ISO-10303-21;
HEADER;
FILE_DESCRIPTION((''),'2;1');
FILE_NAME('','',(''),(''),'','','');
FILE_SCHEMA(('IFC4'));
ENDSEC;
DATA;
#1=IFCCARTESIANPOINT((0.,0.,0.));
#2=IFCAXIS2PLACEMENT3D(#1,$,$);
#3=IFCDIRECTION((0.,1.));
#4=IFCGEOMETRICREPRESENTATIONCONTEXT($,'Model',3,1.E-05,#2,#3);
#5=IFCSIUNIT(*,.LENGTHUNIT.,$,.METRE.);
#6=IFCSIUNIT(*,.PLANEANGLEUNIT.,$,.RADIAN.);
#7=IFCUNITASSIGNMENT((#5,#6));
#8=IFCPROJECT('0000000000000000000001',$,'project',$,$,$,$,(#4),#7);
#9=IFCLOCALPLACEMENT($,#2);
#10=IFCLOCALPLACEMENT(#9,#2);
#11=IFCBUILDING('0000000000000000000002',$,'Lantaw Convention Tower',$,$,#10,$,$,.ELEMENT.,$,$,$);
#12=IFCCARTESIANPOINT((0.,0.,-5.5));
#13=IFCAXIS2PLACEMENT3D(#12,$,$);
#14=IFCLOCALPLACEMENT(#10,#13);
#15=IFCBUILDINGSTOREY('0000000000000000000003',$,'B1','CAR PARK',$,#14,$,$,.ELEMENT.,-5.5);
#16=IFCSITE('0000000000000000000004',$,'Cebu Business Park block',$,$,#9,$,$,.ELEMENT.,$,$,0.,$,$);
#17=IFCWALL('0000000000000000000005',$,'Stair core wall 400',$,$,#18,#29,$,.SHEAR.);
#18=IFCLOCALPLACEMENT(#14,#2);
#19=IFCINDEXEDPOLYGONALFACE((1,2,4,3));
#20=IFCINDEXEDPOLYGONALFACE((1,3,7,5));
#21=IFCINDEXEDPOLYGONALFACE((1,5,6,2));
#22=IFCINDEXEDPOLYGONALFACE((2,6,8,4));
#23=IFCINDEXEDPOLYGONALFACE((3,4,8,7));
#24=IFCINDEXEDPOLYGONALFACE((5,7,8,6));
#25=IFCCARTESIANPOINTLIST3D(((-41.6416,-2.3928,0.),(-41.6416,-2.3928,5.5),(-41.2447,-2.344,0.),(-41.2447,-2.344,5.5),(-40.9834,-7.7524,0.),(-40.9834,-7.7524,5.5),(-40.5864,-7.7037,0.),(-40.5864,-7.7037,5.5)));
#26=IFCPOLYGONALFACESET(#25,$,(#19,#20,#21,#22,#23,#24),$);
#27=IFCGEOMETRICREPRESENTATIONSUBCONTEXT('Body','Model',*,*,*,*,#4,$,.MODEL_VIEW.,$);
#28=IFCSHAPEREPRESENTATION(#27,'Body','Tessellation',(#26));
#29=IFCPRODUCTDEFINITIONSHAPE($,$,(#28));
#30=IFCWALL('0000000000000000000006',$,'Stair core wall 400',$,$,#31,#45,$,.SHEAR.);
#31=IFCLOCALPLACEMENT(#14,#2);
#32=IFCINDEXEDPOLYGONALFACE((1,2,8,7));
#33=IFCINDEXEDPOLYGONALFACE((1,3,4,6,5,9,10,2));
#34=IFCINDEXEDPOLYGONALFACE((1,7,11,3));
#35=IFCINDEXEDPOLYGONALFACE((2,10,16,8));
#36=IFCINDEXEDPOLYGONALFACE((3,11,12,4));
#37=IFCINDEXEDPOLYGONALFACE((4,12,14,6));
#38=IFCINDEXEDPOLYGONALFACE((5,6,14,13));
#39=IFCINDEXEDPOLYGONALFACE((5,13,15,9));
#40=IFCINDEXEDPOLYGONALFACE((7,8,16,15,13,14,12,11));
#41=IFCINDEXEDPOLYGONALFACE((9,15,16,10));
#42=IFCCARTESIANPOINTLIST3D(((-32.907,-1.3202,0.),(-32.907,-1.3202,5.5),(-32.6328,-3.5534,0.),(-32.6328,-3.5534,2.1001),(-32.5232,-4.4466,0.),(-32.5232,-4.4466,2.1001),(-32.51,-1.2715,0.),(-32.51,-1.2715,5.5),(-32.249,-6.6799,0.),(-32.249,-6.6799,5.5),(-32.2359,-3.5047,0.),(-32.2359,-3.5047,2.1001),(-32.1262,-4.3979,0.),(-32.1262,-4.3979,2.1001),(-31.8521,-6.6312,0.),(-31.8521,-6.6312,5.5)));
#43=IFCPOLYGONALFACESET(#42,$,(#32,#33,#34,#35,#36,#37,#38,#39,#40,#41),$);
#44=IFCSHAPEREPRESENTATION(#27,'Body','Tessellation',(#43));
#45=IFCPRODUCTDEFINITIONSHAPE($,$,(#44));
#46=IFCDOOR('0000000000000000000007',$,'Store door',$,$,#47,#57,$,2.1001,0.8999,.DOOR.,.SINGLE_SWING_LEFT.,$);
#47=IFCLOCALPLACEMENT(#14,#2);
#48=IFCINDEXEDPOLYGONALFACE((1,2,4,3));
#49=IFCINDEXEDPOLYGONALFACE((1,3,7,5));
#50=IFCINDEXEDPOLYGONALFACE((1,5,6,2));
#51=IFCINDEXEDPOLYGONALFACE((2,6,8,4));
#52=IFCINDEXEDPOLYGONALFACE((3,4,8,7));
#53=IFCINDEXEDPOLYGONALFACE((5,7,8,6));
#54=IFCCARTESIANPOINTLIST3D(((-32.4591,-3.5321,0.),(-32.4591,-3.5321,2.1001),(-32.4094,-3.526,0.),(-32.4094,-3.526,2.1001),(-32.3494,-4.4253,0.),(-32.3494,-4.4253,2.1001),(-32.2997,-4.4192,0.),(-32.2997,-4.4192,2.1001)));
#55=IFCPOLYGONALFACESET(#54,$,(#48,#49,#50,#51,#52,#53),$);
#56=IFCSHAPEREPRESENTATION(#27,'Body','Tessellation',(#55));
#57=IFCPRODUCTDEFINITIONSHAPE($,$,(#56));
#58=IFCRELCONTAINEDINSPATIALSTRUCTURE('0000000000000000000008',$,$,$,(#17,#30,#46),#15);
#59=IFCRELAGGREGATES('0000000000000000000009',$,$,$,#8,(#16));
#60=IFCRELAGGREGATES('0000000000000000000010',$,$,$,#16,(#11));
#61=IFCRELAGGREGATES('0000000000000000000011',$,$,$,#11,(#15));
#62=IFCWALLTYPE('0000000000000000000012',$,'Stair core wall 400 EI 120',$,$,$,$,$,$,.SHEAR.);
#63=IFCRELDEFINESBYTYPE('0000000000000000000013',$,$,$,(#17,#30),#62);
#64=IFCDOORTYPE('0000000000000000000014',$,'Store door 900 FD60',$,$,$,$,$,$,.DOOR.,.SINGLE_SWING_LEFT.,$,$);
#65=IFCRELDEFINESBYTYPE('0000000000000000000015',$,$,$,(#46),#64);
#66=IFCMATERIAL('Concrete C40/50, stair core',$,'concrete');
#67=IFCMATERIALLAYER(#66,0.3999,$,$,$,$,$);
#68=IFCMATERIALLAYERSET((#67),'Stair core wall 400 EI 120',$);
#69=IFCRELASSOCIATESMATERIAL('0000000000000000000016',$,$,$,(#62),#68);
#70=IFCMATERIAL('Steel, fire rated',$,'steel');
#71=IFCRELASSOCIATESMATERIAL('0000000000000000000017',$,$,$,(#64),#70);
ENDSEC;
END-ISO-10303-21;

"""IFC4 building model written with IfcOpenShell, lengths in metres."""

from ifc_helpers import new_model, si_unit, direction, frame, frame_2d, origin, place, context, subcontext, project, spatial, rectangle, extrude, material, layer, layer_set, type_object, element, fill, save


model = new_model("IFC4")

# Units and contexts
model_context = context("Model", 3, precision=1e-05, world=origin(), true_north=direction((0.0, 1.0)))
body_context = subcontext(model_context, "Body", "Model", "MODEL_VIEW")
ifc_project = project(units=[si_unit("LENGTHUNIT", "METRE"), si_unit("PLANEANGLEUNIT", "RADIAN")], contexts=[model_context])

# Site, building, storey
site_placement = place(None, origin())
site = spatial("IfcSite", under=ifc_project, at=site_placement, Name="Cebu Business Park block", CompositionType="ELEMENT", RefElevation=0.0)
building_placement = place(site_placement, origin())
building = spatial("IfcBuilding", under=site, at=building_placement, Name="Lantaw Convention Tower", CompositionType="ELEMENT")
storey_placement = place(building_placement, frame((0.0, 0.0, -5.5)))
storey = spatial("IfcBuildingStorey", under=building, at=storey_placement, Name="B1", Description="CAR PARK", CompositionType="ELEMENT", Elevation=-5.5)

# Shared definitions
ifc_material_1 = material(Name="Concrete C40/50, stair core", Category="concrete")
ifc_layer_1 = layer(ifc_material_1, 0.3999)
ifc_layer_set_1 = layer_set([ifc_layer_1], Name="Stair core wall 400 EI 120")
wall_type_1 = type_object("IfcWallType", Name="Stair core wall 400 EI 120", PredefinedType="SHEAR", material=ifc_layer_set_1)

# Shared definitions
ifc_material_2 = material(Name="Steel, fire rated", Category="steel")
door_type = type_object("IfcDoorType", Name="Store door 900 FD60", OperationType="SINGLE_SWING_LEFT", PredefinedType="DOOR", material=ifc_material_2)

# Wall
wall_1_placement = place(storey_placement, frame((-41.4431, -2.3684, 0.0), z_axis=(0.0, 0.0, 1.0), x_axis=(0.121892, -0.992543, 0.0)))
element("IfcWall", 1, at=wall_1_placement, inside=storey, type_object=wall_type_1, Name="Stair core wall 400", PredefinedType="SHEAR", context=body_context, shape_type="SweptSolid", body=[
    extrude(rectangle(XDim=5.3999, YDim=0.3999, at=frame_2d((2.7, 0.0))), origin(), (0.0, 0.0, 1.0), 5.5),
])

# Wall, opening, door
wall_2_placement = place(storey_placement, frame((-32.0505, -6.6555, 0.0), z_axis=(0.0, 0.0, 1.0), x_axis=(-0.121848, 0.992549, 0.0)))
wall_2 = element("IfcWall", 2, at=wall_2_placement, inside=storey, type_object=wall_type_1, Name="Stair core wall 400", PredefinedType="SHEAR", context=body_context, shape_type="SweptSolid", body=[
    extrude(rectangle(XDim=5.3999, YDim=0.3999, at=frame_2d((2.7, 0.0))), origin(), (0.0, 0.0, 1.0), 5.5),
])
opening_1_placement = place(wall_2_placement, frame((2.25, 0.0, 0.0)))
opening_1 = element("IfcOpeningElement", 3, at=opening_1_placement, cuts=wall_2, PredefinedType="OPENING", context=body_context, shape_type="SweptSolid", body=[
    extrude(rectangle(XDim=0.8999, YDim=2.1001, at=frame_2d((0.45, 1.05))), frame((0.0, 0.21, 0.0), z_axis=(0.0, -1.0, 0.0), x_axis=(1.0, 0.0, 0.0)), (0.0, 0.0, 1.0), 0.4199),
])
door_1_placement = place(opening_1_placement, origin())
door_1 = element("IfcDoor", 4, at=door_1_placement, inside=storey, type_object=door_type, Name="Store door", OperationType="SINGLE_SWING_LEFT", OverallHeight=2.1001, OverallWidth=0.8999, PredefinedType="DOOR", context=body_context, shape_type="SweptSolid", body=[
    extrude(rectangle(XDim=0.8999, YDim=2.1001, at=frame_2d((0.45, 1.05))), frame((0.0, 0.0249, 0.0), z_axis=(0.0, -1.0, 0.0), x_axis=(1.0, 0.0, 0.0)), (0.0, 0.0, 1.0), 0.05),
])
fill(opening_1, door_1)

save(model, "model.ifc")
